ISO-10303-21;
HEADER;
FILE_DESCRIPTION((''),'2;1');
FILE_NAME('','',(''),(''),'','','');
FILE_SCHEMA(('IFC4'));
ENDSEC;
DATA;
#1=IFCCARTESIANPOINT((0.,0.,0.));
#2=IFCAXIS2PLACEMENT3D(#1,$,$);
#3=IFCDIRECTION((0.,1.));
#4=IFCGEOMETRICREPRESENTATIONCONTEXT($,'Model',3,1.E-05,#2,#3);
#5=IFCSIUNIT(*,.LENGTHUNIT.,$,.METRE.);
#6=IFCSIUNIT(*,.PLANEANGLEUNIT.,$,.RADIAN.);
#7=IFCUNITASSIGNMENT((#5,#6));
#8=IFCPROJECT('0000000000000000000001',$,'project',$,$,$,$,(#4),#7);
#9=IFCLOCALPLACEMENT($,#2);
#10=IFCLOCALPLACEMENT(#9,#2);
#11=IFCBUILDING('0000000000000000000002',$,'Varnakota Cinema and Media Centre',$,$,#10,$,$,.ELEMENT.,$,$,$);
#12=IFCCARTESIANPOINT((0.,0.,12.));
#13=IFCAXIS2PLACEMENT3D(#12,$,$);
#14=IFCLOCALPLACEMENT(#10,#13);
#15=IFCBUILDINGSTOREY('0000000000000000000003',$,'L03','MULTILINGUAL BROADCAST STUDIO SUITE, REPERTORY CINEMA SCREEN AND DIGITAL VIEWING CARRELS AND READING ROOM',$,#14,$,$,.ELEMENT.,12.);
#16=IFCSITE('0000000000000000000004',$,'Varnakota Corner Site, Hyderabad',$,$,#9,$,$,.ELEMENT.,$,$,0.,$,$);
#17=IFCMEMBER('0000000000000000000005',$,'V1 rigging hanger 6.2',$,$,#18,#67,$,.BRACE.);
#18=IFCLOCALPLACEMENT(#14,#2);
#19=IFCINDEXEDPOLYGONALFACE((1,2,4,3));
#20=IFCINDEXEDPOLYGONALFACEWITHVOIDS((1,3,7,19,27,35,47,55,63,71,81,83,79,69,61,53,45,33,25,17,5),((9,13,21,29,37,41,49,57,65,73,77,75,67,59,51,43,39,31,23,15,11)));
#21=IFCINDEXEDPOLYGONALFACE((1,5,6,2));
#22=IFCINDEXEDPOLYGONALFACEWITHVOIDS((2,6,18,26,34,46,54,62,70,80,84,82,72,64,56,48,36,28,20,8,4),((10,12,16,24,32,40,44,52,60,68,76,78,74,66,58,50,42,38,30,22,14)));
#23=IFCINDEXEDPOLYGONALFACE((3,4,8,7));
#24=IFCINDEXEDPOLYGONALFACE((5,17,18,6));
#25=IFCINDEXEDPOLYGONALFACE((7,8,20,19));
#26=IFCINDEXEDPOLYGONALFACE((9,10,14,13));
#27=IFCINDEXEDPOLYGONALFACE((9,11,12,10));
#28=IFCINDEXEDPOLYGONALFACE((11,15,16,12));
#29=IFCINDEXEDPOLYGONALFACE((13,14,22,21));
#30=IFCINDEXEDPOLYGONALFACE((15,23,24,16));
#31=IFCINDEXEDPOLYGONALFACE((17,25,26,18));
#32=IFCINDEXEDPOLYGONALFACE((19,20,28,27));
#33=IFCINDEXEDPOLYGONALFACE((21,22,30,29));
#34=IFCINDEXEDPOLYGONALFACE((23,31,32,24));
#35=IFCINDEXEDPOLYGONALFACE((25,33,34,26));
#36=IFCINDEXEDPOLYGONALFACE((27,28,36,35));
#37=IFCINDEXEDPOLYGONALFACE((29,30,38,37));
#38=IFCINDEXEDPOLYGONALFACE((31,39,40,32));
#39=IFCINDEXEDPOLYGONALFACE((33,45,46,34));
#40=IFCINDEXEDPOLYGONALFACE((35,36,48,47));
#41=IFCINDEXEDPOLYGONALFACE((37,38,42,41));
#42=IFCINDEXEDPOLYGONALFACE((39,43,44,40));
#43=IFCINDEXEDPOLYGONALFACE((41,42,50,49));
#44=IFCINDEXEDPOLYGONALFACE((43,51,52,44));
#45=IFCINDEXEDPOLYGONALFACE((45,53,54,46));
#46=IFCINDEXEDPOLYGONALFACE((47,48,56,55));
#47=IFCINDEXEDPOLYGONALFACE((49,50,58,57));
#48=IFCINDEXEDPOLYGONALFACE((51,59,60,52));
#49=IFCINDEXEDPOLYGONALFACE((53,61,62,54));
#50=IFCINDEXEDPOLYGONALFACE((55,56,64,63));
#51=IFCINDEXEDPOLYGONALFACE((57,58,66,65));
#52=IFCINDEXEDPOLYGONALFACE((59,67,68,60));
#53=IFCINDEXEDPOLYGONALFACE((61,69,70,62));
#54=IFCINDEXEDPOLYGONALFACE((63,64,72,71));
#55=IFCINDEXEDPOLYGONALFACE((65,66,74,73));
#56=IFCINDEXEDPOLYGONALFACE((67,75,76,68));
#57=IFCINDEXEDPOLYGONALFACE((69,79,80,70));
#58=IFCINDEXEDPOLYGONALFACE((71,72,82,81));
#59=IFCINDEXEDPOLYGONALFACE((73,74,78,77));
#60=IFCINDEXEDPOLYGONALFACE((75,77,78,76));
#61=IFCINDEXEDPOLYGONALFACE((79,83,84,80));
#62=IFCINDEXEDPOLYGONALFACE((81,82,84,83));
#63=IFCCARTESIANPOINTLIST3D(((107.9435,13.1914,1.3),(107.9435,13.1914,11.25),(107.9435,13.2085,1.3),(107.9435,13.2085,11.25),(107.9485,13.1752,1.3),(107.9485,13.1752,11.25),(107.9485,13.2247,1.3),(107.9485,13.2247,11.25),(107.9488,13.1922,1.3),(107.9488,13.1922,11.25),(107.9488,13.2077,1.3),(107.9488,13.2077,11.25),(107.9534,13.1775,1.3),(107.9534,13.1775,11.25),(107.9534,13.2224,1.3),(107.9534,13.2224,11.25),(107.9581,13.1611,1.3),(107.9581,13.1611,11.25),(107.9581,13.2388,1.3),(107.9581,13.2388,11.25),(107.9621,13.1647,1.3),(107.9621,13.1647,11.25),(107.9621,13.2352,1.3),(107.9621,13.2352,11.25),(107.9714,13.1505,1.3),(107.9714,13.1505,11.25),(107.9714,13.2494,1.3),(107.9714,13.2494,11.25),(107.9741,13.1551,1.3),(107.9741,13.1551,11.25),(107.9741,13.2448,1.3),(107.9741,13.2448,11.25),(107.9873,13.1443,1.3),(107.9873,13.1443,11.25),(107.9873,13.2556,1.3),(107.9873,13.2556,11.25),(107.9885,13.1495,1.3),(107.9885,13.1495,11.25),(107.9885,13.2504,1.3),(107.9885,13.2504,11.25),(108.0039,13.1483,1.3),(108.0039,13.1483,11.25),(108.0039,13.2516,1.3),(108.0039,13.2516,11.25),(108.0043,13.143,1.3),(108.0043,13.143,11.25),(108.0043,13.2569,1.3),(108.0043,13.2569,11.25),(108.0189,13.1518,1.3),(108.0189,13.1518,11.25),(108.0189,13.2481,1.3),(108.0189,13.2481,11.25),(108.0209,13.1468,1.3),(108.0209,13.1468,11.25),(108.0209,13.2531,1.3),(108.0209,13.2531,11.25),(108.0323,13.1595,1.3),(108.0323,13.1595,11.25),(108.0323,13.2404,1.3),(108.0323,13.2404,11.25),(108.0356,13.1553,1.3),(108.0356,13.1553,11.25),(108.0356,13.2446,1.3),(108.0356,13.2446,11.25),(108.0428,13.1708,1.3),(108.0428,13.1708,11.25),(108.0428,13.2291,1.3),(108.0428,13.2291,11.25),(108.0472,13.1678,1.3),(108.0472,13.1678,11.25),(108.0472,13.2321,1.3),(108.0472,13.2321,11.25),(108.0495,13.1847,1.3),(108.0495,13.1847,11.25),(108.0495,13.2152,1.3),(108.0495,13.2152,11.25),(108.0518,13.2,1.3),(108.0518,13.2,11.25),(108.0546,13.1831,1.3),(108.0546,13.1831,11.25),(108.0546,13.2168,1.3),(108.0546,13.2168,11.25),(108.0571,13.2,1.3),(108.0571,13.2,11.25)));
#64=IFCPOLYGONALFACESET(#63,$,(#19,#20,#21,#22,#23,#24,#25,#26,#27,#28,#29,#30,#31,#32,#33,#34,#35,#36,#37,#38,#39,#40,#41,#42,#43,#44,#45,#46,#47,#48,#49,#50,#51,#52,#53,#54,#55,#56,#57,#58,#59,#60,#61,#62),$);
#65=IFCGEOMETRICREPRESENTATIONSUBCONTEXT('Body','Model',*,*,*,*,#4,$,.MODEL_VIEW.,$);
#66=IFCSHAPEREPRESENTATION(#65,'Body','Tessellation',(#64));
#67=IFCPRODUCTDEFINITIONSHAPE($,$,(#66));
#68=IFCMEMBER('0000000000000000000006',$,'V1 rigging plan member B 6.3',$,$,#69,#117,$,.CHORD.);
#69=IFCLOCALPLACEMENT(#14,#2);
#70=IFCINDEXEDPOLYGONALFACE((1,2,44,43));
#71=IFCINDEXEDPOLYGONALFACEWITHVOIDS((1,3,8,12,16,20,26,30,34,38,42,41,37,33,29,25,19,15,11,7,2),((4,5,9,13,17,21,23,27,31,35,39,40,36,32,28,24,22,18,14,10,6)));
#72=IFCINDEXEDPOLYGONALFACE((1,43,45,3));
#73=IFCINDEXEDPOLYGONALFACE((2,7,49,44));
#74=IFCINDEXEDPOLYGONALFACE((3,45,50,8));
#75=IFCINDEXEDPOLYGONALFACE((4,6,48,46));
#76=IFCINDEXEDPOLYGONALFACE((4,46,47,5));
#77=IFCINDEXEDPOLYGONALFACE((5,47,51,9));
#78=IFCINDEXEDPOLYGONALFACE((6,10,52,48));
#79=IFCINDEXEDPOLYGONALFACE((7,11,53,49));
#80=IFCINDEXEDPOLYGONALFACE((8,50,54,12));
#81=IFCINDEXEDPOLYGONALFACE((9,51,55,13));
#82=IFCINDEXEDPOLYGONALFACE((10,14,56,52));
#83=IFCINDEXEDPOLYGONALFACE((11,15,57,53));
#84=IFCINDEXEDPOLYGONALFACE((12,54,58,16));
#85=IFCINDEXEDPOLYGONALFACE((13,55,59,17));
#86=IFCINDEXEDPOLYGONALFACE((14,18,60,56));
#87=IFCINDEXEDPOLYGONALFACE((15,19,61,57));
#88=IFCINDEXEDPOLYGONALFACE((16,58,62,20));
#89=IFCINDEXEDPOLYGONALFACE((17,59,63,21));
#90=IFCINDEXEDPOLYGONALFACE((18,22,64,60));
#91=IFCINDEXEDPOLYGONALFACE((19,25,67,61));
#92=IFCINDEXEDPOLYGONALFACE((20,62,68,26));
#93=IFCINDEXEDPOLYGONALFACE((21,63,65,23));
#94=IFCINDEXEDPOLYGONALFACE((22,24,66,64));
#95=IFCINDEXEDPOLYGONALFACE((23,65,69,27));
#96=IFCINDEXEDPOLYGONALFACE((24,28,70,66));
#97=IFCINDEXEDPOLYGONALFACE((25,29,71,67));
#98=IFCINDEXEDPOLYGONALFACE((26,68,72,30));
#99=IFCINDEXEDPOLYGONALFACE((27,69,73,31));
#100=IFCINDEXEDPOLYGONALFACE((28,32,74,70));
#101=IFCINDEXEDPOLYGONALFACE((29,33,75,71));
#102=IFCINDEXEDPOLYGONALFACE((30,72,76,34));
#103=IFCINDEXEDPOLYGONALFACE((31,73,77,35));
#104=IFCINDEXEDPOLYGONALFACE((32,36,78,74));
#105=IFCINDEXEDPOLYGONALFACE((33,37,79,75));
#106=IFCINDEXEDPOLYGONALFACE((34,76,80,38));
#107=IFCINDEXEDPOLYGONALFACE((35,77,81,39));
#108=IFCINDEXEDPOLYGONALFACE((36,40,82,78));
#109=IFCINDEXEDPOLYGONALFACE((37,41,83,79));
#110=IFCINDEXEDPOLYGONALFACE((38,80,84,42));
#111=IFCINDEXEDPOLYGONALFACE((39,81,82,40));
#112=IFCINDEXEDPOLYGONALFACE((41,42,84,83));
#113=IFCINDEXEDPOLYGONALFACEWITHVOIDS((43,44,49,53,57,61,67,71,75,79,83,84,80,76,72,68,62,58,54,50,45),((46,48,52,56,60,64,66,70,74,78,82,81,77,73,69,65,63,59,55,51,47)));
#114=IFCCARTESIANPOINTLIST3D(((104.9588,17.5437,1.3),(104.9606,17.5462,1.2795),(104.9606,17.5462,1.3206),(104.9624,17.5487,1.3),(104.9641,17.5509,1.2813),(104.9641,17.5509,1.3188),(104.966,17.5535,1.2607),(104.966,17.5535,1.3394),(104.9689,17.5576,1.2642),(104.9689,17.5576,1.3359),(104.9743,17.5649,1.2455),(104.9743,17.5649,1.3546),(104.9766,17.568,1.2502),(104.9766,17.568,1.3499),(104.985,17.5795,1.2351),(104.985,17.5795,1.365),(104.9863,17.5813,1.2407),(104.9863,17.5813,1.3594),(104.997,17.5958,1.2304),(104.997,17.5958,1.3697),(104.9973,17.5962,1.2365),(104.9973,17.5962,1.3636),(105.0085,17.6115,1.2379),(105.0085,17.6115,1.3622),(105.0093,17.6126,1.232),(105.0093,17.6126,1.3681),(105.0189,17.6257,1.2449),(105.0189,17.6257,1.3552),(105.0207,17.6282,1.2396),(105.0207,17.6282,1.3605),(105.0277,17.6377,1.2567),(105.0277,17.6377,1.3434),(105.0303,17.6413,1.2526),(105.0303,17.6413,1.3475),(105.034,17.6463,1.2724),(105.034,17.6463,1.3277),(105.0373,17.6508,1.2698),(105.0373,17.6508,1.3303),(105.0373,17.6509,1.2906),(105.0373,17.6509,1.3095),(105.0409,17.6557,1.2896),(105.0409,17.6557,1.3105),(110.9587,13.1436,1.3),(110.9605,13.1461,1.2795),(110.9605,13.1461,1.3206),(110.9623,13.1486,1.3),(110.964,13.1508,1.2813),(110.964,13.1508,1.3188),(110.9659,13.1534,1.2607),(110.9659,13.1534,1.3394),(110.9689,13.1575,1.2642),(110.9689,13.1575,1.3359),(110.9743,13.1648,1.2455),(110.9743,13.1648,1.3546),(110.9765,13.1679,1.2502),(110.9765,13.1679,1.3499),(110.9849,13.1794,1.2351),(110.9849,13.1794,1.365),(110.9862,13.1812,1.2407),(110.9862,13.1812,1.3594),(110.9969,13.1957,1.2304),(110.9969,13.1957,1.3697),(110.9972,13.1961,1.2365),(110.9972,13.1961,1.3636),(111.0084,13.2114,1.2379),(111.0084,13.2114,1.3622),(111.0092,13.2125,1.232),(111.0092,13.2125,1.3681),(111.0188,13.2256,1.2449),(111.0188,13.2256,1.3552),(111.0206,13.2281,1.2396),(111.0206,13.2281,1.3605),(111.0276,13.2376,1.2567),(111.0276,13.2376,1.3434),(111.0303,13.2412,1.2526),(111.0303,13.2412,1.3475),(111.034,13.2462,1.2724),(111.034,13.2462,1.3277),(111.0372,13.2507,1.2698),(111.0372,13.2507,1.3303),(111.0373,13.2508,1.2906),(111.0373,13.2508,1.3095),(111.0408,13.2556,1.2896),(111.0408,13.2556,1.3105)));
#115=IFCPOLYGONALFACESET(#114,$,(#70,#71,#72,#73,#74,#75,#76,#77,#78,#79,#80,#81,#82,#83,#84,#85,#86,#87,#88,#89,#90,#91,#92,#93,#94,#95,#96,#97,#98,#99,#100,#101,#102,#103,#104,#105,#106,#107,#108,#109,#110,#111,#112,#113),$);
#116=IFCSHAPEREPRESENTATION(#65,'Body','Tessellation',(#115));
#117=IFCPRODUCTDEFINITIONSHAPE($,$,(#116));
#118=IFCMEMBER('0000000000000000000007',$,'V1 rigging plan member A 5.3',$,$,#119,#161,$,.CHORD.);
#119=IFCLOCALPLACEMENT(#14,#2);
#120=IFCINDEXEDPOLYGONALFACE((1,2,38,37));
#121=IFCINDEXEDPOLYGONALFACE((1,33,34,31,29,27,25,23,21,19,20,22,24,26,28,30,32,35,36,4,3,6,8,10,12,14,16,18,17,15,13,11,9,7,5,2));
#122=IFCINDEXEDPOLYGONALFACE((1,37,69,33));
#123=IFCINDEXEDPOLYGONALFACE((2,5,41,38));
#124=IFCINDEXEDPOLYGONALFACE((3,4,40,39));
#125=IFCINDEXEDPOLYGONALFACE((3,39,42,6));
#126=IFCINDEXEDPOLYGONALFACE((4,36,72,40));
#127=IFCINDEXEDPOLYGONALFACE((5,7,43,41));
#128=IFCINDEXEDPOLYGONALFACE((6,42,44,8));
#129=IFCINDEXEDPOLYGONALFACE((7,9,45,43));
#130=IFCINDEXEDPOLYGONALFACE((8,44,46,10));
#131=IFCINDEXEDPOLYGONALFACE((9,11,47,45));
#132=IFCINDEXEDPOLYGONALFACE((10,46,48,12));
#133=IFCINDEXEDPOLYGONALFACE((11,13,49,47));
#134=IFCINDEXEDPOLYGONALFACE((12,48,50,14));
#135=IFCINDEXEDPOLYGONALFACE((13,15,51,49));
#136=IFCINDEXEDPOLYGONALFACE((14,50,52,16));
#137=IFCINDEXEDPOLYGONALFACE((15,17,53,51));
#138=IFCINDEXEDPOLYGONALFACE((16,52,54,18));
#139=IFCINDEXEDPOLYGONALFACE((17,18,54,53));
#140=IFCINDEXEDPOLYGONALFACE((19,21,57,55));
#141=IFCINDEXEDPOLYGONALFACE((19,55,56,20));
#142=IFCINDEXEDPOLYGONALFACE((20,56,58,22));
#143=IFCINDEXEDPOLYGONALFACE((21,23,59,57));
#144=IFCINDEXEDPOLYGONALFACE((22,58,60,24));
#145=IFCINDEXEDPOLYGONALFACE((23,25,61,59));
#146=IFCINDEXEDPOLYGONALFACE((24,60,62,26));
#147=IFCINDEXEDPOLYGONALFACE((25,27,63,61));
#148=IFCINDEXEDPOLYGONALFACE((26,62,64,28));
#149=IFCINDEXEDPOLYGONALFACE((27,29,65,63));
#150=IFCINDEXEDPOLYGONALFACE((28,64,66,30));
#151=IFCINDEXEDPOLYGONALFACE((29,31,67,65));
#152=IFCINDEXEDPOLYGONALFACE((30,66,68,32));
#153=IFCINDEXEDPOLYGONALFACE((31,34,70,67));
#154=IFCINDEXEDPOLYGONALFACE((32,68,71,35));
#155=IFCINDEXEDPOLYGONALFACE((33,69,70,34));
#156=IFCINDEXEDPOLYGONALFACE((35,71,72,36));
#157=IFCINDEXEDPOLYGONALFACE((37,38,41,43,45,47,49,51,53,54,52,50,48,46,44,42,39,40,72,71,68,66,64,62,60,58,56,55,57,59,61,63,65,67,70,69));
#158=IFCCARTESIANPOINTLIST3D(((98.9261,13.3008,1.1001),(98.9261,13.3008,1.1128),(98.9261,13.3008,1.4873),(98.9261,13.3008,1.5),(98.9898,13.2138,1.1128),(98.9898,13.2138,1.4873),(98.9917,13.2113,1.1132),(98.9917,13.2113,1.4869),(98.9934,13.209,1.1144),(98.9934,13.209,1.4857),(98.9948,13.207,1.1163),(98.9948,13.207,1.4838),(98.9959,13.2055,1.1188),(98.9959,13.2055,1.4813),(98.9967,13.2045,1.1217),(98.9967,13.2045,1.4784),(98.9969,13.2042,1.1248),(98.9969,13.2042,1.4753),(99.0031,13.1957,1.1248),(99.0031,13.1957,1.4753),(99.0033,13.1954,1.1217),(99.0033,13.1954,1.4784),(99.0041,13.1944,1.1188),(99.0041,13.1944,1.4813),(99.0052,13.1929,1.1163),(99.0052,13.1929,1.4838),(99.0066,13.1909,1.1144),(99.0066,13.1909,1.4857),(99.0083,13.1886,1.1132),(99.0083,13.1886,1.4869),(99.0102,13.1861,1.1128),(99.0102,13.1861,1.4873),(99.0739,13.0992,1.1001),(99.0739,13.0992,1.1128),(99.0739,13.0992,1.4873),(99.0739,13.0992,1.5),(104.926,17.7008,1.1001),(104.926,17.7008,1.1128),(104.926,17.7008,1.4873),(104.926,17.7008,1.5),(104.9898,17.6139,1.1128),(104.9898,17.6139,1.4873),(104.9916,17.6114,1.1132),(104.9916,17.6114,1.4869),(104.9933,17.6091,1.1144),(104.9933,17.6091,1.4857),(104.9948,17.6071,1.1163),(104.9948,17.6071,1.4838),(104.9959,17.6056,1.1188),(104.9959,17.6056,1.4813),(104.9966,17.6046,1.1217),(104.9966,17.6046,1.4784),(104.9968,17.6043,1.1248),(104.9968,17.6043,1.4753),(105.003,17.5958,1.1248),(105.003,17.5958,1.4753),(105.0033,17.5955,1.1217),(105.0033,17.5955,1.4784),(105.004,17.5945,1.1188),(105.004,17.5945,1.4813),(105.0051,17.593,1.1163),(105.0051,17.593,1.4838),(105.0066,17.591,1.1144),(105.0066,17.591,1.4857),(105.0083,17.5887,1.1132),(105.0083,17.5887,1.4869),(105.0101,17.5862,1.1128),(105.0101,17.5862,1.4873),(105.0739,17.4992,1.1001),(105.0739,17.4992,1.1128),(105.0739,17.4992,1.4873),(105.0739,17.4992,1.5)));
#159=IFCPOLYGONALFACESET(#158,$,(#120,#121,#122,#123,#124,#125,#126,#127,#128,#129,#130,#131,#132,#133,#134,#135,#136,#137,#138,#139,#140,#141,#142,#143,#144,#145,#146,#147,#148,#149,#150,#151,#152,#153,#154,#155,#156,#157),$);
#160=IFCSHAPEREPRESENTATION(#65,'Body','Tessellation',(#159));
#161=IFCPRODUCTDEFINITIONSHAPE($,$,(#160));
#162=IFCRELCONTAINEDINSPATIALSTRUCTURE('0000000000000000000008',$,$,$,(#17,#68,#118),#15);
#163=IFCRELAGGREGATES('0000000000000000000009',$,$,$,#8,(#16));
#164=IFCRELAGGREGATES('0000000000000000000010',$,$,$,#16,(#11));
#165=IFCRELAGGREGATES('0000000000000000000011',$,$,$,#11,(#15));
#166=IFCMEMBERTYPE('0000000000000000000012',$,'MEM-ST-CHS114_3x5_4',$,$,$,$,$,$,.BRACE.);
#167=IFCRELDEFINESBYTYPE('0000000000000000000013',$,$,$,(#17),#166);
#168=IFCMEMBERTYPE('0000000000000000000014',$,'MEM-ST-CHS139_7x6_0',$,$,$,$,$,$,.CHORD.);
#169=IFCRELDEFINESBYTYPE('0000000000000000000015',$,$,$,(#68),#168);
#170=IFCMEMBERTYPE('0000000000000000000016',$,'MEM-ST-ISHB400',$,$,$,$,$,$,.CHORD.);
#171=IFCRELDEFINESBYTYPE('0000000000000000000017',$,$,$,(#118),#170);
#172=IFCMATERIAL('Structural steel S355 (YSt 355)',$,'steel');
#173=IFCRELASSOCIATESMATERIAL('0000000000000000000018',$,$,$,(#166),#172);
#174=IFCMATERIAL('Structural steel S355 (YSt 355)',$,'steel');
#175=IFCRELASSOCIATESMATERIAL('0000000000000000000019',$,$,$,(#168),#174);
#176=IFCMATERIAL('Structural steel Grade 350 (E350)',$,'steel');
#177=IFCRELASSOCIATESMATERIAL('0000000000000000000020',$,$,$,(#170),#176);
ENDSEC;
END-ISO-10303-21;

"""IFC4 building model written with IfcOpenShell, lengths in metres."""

from ifc_helpers import new_model, si_unit, direction, frame, origin, origin_2d, place, context, subcontext, project, spatial, hollow_circle, i_section, extrude, material, material_profile, profile_set, type_object, element, save


model = new_model("IFC4")

# Units and contexts
model_context = context("Model", 3, precision=1e-05, world=origin(), true_north=direction((0.0, 1.0)))
body_context = subcontext(model_context, "Body", "Model", "MODEL_VIEW")
ifc_project = project(units=[si_unit("LENGTHUNIT", "METRE"), si_unit("PLANEANGLEUNIT", "RADIAN")], contexts=[model_context])

# Site, building, storey
site_placement = place(None, origin())
site = spatial("IfcSite", under=ifc_project, at=site_placement, Name="Varnakota Corner Site, Hyderabad", CompositionType="ELEMENT", RefElevation=0.0)
building_placement = place(site_placement, origin())
building = spatial("IfcBuilding", under=site, at=building_placement, Name="Varnakota Cinema and Media Centre", CompositionType="ELEMENT")
storey_placement = place(building_placement, frame((0.0, 0.0, 12.0)))
storey = spatial("IfcBuildingStorey", under=building, at=storey_placement, Name="L03", Description="MULTILINGUAL BROADCAST STUDIO SUITE, REPERTORY CINEMA SCREEN AND DIGITAL VIEWING CARRELS AND READING ROOM", CompositionType="ELEMENT", Elevation=12.0)

# Members
ifc_material_1 = material(Name="Structural steel S355 (YSt 355)", Category="steel")
ifc_material_profile_1 = material_profile(ifc_material_1, hollow_circle(Radius=0.0571, WallThickness=0.0054, at=origin_2d()), Name="CHS 114.3x5.4")
ifc_profile_set_1 = profile_set([ifc_material_profile_1], Name="Structural steel S355 (YSt 355)")
member_type_1 = type_object("IfcMemberType", Name="MEM-ST-CHS114_3x5_4", PredefinedType="BRACE", material=ifc_profile_set_1)
member_1_placement = place(storey_placement, frame((108.0, 13.2, 1.3), z_axis=(0.0, 0.0, 1.0), x_axis=(1.0, 0.0, 0.0)))
element("IfcMember", 1, at=member_1_placement, inside=storey, type_object=member_type_1, Name="V1 rigging hanger 6.2", PredefinedType="BRACE", context=body_context, shape_type="SweptSolid", body=[
    extrude(hollow_circle(Radius=0.0571, WallThickness=0.0054, at=origin_2d()), origin(), (0.0, 0.0, 1.0), 9.95),
])
ifc_material_2 = material(Name="Structural steel S355 (YSt 355)", Category="steel")
ifc_material_profile_2 = material_profile(ifc_material_2, hollow_circle(Radius=0.0698, WallThickness=0.0061, at=origin_2d()), Name="CHS 139.7x6.0")
ifc_profile_set_2 = profile_set([ifc_material_profile_2], Name="Structural steel S355 (YSt 355)")
member_type_2 = type_object("IfcMemberType", Name="MEM-ST-CHS139_7x6_0", PredefinedType="CHORD", material=ifc_profile_set_2)
member_2_placement = place(storey_placement, frame((111.0, 13.2, 1.3), z_axis=(-0.806396, 0.591376, 0.0), x_axis=(-0.591376, -0.806396, 0.0)))
element("IfcMember", 2, at=member_2_placement, inside=storey, type_object=member_type_2, Name="V1 rigging plan member B 6.3", PredefinedType="CHORD", context=body_context, shape_type="SweptSolid", body=[
    extrude(hollow_circle(Radius=0.0698, WallThickness=0.0061, at=origin_2d()), origin(), (0.0, 0.0, 1.0), 7.4404),
])
ifc_material_3 = material(Name="Structural steel Grade 350 (E350)", Category="steel")
ifc_material_profile_3 = material_profile(ifc_material_3, i_section(OverallWidth=0.25, OverallDepth=0.3999, WebThickness=0.0105, FlangeThickness=0.0127, FilletRadius=0.012, at=origin_2d()), Name="ISHB 400")
ifc_profile_set_3 = profile_set([ifc_material_profile_3], Name="Structural steel Grade 350 (E350)")
member_type_3 = type_object("IfcMemberType", Name="MEM-ST-ISHB400", PredefinedType="CHORD", material=ifc_profile_set_3)
member_3_placement = place(storey_placement, frame((99.0, 13.2, 1.3), z_axis=(0.806396, 0.591376, 0.0), x_axis=(-0.591376, 0.806396, 0.0)))
element("IfcMember", 3, at=member_3_placement, inside=storey, type_object=member_type_3, Name="V1 rigging plan member A 5.3", PredefinedType="CHORD", context=body_context, shape_type="SweptSolid", body=[
    extrude(i_section(OverallWidth=0.25, OverallDepth=0.3999, WebThickness=0.0105, FlangeThickness=0.0127, FilletRadius=0.012, at=origin_2d()), origin(), (0.0, 0.0, 1.0), 7.4404),
])

save(model, "model.ifc")
